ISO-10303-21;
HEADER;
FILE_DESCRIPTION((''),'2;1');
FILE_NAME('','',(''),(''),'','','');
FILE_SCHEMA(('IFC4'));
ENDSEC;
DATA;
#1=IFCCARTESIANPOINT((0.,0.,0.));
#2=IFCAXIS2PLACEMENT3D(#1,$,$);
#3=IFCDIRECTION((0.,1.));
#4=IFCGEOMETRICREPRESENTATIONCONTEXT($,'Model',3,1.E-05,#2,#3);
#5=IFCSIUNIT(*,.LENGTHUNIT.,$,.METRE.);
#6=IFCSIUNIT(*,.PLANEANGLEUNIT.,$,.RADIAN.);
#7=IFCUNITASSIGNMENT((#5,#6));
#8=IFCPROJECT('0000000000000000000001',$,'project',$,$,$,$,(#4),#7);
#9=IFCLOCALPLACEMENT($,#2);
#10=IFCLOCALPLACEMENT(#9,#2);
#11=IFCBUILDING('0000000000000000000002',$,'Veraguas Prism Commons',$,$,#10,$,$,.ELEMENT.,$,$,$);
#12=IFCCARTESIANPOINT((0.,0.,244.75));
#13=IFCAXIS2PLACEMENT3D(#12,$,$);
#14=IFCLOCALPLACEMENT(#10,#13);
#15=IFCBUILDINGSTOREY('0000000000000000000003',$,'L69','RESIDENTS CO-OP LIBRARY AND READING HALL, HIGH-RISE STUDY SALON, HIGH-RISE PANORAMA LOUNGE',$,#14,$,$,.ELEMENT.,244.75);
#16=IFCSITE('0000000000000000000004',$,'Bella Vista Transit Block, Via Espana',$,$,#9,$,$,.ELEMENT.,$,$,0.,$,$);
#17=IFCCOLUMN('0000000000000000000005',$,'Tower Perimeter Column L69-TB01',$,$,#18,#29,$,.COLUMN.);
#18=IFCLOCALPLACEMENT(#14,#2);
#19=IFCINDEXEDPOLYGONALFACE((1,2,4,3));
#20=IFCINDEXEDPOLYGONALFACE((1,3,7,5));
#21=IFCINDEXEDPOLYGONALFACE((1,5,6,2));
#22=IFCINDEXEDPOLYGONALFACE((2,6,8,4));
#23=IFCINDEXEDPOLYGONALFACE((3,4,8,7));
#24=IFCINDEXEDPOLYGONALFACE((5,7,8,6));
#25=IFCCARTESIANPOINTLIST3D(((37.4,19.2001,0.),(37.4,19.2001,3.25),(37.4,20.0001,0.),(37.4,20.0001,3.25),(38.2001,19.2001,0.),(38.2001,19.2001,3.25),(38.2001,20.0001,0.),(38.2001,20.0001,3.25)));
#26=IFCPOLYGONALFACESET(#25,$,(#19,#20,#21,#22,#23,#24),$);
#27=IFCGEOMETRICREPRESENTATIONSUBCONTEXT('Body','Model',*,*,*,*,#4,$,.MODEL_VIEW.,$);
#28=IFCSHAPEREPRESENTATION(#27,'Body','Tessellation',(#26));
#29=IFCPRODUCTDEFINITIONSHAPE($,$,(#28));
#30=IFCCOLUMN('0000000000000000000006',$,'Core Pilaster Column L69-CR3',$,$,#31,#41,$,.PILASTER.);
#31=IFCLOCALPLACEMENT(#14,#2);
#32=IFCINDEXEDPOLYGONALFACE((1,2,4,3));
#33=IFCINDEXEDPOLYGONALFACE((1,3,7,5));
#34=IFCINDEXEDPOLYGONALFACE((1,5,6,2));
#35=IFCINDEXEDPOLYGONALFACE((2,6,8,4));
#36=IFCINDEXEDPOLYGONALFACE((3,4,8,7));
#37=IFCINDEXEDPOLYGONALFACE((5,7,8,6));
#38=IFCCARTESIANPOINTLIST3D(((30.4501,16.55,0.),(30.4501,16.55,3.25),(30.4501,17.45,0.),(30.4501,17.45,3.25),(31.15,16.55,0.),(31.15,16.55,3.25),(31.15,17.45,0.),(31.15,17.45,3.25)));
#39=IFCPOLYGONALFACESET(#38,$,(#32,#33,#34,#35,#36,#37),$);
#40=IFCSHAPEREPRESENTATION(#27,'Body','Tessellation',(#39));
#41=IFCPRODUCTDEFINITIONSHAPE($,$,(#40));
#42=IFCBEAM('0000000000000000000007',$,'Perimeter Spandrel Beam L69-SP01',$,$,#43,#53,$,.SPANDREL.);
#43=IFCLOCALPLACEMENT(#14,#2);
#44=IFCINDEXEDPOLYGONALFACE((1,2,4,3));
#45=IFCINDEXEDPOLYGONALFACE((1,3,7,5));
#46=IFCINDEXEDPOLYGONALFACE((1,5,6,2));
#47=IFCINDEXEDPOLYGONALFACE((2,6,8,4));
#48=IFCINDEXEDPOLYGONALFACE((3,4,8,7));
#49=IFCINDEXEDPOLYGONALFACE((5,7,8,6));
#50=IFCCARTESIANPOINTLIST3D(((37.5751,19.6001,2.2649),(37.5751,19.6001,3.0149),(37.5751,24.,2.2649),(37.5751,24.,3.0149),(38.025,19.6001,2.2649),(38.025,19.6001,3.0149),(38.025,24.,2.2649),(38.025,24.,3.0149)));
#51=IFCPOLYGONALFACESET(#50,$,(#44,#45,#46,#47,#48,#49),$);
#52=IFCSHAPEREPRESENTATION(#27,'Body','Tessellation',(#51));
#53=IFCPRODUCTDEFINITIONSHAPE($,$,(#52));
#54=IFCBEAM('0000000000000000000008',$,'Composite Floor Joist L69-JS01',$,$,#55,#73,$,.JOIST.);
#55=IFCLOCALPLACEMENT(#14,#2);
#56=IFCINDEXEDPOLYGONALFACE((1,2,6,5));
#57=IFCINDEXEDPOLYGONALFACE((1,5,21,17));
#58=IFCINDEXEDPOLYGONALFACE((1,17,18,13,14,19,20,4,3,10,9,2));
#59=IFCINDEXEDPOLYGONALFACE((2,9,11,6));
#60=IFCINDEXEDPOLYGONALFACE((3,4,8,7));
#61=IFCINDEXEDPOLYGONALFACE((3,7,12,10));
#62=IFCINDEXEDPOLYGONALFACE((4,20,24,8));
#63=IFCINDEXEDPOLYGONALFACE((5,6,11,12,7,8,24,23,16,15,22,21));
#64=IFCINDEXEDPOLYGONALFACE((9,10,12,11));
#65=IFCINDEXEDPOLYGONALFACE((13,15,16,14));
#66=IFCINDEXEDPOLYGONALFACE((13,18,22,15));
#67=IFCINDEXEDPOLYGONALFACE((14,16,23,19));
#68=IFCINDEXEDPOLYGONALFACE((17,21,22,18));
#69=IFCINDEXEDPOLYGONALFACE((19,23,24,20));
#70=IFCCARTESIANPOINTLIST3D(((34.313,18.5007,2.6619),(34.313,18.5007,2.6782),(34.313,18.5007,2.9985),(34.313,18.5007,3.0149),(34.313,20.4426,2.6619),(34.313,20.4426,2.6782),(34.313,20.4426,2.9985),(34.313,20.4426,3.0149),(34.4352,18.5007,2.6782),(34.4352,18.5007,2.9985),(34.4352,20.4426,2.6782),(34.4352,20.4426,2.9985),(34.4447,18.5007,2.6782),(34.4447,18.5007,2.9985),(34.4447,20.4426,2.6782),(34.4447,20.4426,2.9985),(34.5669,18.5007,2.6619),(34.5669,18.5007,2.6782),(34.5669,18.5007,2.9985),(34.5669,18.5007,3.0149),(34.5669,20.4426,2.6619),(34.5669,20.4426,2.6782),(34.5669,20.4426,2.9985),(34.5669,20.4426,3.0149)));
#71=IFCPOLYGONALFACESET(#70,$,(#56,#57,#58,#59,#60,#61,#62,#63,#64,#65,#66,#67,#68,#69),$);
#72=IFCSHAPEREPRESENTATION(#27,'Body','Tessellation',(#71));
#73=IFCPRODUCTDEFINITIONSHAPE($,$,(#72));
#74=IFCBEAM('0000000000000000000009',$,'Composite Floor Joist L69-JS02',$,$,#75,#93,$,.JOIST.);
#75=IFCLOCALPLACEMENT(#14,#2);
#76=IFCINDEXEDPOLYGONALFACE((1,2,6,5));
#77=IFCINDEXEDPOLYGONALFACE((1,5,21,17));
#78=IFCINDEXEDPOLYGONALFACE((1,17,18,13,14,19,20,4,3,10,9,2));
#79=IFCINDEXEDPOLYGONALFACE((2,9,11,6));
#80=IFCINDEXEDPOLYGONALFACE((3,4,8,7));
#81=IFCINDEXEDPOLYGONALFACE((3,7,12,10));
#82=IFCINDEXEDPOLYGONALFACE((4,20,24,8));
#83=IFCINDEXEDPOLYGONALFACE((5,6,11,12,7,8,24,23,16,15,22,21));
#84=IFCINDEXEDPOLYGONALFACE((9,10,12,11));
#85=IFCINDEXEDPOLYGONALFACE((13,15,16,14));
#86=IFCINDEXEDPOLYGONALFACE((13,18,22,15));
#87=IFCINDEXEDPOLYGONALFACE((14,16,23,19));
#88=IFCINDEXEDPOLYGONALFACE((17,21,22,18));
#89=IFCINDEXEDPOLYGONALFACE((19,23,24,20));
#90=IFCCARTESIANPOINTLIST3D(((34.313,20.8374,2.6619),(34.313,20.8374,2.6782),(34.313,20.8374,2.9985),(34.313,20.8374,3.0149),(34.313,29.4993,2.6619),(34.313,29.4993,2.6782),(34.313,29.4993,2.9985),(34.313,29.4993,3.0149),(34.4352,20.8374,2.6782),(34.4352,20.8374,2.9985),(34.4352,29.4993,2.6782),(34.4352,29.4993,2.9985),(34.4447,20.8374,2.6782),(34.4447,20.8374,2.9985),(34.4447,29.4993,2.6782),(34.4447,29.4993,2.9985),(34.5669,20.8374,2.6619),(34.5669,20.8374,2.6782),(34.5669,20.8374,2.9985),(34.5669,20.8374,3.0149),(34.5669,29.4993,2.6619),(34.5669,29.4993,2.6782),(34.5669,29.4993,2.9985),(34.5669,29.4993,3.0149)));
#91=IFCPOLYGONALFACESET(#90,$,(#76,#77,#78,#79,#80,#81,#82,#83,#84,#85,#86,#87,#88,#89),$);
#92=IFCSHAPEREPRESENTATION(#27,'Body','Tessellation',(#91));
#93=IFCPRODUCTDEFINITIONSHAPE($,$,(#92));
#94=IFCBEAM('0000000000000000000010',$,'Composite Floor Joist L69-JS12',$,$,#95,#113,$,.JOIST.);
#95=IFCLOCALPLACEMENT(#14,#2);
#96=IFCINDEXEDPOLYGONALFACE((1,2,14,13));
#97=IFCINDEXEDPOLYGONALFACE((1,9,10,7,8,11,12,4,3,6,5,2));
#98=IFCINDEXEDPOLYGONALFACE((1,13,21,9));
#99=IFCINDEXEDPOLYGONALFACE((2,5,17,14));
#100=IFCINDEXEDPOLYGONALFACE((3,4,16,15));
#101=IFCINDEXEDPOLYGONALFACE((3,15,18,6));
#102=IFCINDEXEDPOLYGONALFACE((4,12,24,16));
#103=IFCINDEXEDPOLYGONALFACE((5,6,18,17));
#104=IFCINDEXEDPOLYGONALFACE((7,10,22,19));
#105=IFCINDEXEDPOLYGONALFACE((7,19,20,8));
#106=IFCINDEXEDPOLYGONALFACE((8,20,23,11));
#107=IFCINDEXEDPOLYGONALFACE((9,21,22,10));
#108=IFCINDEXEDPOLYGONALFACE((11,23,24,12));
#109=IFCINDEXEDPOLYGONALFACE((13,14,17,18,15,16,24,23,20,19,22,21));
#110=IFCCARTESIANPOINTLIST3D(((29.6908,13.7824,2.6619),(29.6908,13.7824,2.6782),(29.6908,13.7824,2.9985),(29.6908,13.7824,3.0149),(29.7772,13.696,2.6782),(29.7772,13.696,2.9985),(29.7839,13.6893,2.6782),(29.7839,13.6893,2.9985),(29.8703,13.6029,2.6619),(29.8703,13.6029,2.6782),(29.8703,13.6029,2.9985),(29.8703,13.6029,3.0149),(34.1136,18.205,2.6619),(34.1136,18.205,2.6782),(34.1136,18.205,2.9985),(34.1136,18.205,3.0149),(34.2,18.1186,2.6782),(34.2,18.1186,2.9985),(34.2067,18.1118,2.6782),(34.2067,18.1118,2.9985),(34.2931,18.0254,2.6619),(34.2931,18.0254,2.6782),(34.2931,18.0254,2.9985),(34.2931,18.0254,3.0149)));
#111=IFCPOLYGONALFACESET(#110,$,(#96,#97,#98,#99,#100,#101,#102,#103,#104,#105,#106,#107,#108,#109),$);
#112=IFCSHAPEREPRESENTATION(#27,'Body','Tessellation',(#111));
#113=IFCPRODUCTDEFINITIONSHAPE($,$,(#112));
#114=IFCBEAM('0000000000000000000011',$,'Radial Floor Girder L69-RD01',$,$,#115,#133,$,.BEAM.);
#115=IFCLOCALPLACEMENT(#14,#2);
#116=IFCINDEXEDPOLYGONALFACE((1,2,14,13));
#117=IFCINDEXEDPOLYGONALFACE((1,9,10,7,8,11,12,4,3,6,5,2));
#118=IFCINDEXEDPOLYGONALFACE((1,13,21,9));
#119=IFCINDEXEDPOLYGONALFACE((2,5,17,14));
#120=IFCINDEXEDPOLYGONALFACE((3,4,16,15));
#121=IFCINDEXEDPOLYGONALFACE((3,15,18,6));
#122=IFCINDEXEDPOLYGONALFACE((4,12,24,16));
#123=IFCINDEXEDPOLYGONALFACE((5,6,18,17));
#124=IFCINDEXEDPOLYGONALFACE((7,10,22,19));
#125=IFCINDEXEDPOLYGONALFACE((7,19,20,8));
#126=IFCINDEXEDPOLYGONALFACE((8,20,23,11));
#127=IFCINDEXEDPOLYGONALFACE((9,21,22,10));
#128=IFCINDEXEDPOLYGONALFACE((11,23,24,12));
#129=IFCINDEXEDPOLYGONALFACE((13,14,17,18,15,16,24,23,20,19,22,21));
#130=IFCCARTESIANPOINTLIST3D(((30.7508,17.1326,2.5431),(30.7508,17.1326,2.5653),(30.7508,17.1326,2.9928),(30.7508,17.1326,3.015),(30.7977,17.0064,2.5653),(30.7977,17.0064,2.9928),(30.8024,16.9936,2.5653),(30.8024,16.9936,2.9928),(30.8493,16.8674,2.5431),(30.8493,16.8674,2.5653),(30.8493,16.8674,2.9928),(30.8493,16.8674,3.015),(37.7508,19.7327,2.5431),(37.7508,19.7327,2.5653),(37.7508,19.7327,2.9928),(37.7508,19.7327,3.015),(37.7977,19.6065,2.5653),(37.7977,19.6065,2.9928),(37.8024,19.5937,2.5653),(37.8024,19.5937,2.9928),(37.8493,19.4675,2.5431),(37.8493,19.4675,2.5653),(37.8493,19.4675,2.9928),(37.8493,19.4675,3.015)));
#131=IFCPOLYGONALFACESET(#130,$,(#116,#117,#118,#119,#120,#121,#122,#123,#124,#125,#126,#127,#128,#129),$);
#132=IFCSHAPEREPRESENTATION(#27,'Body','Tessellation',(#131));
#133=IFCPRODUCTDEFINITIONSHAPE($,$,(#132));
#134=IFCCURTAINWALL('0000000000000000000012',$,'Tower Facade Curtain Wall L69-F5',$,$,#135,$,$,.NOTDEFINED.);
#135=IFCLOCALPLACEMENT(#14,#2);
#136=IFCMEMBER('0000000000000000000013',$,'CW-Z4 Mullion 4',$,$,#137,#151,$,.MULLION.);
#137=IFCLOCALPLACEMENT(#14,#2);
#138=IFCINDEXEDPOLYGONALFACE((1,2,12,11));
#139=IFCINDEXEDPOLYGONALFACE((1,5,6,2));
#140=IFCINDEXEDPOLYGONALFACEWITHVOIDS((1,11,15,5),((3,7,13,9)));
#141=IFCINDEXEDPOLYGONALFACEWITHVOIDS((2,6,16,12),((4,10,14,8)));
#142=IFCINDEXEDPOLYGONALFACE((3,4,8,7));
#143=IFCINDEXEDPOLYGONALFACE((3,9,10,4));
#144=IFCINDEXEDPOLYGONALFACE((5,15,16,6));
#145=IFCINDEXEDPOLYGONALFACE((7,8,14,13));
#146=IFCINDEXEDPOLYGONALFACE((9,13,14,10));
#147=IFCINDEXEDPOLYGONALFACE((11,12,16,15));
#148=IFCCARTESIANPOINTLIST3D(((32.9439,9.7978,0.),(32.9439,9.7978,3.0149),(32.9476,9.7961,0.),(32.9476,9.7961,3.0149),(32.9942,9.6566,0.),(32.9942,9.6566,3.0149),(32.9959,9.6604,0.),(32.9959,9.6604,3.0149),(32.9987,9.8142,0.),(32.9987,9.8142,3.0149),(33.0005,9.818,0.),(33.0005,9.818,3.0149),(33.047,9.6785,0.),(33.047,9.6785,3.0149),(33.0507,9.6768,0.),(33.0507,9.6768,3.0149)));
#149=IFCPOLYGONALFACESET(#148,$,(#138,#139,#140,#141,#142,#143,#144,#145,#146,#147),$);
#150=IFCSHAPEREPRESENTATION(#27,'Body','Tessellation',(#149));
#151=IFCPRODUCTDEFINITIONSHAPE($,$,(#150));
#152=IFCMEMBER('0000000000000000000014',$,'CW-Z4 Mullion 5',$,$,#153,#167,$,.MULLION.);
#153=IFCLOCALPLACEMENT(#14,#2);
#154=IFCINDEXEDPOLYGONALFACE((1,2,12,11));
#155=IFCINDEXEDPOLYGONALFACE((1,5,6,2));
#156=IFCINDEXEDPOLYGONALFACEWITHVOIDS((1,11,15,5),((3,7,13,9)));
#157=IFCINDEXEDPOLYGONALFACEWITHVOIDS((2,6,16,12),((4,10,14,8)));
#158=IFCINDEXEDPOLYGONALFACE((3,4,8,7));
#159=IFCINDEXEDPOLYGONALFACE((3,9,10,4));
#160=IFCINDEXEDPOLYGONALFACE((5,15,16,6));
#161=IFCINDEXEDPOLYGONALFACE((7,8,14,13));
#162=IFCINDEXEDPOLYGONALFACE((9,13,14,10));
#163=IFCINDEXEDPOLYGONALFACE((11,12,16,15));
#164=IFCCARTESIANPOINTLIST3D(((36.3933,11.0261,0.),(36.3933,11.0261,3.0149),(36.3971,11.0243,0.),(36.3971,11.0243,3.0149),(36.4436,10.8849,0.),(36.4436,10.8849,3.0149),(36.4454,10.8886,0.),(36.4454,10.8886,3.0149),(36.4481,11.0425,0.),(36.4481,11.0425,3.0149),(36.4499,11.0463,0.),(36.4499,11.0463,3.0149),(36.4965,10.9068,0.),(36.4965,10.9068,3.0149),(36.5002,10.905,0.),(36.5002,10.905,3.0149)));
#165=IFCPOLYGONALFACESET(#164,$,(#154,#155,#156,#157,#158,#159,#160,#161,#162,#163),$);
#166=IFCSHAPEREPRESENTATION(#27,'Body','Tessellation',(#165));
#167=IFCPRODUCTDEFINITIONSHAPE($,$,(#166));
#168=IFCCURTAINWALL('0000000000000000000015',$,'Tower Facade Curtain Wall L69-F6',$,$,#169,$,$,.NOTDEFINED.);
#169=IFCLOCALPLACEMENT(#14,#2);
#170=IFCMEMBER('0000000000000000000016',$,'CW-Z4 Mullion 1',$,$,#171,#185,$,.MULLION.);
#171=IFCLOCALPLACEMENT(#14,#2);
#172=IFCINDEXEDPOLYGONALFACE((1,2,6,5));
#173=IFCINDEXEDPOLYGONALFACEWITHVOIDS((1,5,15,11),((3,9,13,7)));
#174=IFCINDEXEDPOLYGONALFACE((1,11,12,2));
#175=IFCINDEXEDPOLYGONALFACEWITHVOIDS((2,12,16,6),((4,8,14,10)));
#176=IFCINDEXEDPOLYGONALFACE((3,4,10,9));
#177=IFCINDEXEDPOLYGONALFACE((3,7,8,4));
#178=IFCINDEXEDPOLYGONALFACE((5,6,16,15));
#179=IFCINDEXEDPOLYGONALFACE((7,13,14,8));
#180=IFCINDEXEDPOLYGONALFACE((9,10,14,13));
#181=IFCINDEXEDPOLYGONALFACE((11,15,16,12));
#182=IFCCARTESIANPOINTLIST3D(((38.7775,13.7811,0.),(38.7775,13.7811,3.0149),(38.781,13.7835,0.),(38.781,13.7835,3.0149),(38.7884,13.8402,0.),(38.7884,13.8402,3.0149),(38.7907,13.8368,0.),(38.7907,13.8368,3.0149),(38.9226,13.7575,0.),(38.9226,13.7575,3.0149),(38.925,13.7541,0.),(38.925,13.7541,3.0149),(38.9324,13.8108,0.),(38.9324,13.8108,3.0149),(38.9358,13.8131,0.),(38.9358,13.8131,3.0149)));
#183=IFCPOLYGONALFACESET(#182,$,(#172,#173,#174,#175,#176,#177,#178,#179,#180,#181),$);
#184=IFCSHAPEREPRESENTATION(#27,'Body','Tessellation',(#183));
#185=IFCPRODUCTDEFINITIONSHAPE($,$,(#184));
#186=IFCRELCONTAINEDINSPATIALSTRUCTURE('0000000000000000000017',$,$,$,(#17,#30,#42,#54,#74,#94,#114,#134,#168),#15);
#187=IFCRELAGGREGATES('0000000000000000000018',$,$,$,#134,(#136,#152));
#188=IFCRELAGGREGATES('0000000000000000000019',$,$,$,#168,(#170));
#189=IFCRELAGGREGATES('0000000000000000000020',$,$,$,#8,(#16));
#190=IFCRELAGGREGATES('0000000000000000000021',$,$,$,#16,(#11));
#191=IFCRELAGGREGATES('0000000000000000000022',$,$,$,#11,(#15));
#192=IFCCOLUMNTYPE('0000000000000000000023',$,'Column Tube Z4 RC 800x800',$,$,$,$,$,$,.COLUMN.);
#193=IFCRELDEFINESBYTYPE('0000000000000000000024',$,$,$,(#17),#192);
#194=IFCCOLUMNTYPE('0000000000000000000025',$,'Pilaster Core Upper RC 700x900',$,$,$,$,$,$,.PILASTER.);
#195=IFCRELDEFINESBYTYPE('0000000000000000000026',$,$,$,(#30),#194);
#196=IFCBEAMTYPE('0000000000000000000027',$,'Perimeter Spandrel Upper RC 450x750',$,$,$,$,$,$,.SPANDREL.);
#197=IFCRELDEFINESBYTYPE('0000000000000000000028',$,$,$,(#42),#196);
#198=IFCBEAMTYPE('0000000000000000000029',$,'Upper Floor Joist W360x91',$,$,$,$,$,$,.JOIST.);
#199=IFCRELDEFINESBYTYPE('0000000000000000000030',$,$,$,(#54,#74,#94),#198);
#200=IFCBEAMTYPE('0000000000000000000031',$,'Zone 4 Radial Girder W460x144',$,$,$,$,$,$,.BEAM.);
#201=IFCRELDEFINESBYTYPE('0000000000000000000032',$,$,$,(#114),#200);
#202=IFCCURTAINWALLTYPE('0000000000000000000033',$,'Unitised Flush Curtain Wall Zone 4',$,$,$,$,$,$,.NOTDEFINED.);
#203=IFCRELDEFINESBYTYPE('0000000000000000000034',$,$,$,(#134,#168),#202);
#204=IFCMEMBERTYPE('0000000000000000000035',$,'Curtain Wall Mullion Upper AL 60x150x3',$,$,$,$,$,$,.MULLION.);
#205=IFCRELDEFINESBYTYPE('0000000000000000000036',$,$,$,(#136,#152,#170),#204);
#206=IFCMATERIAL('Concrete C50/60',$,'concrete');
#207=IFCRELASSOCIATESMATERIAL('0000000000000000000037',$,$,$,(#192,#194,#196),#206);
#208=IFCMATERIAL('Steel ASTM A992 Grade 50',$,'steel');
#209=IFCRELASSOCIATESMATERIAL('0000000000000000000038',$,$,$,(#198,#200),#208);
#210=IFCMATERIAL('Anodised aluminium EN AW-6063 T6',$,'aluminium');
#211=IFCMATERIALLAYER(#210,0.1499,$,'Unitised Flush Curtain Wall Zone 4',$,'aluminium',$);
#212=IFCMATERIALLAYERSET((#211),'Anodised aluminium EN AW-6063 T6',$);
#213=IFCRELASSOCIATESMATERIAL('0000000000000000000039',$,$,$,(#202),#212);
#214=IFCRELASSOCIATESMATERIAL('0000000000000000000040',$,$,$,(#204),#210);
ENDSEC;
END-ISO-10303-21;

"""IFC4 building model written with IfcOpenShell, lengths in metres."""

from ifc_helpers import new_model, si_unit, direction, frame, origin, origin_2d, place, context, subcontext, project, spatial, rectangle, hollow_rectangle, i_section, extrude, source, transform, mapped, material, layer, layer_set, material_profile, profile_set, type_object, element, aggregate, save


model = new_model("IFC4")

# Units and contexts
model_context = context("Model", 3, precision=1e-05, world=origin(), true_north=direction((0.0, 1.0)))
body_context = subcontext(model_context, "Body", "Model", "MODEL_VIEW")
ifc_project = project(units=[si_unit("LENGTHUNIT", "METRE"), si_unit("PLANEANGLEUNIT", "RADIAN")], contexts=[model_context])

# Site, building, storey
site_placement = place(None, origin())
site = spatial("IfcSite", under=ifc_project, at=site_placement, Name="Bella Vista Transit Block, Via Espana", CompositionType="ELEMENT", RefElevation=0.0)
building_placement = place(site_placement, origin())
building = spatial("IfcBuilding", under=site, at=building_placement, Name="Veraguas Prism Commons", CompositionType="ELEMENT")
storey_placement = place(building_placement, frame((0.0, 0.0, 244.75)))
storey = spatial("IfcBuildingStorey", under=building, at=storey_placement, Name="L69", Description="RESIDENTS CO-OP LIBRARY AND READING HALL, HIGH-RISE STUDY SALON, HIGH-RISE PANORAMA LOUNGE", CompositionType="ELEMENT", Elevation=244.75)

# Columns
ifc_material_1 = material(Name="Concrete C50/60", Category="concrete")
ifc_material_profile_1 = material_profile(ifc_material_1, rectangle(XDim=0.8, YDim=0.8, at=origin_2d()), Name="RC800X800")
ifc_profile_set_1 = profile_set([ifc_material_profile_1], Name="Concrete C50/60")
column_type_1 = type_object("IfcColumnType", Name="Column Tube Z4 RC 800x800", PredefinedType="COLUMN", material=ifc_profile_set_1)
column_1_placement = place(storey_placement, frame((37.8, 19.6001, 0.0), z_axis=(0.0, 0.0, 1.0), x_axis=(1.0, 0.0, 0.0)))
element("IfcColumn", 1, at=column_1_placement, inside=storey, type_object=column_type_1, Name="Tower Perimeter Column L69-TB01", PredefinedType="COLUMN", context=body_context, shape_type="SweptSolid", body=[
    extrude(rectangle(XDim=0.8, YDim=0.8, at=origin_2d()), origin(), (0.0, 0.0, 1.0), 3.25),
])
ifc_material_profile_2 = material_profile(ifc_material_1, rectangle(XDim=0.7, YDim=0.8999, at=origin_2d()), Name="RC700X900")
ifc_profile_set_2 = profile_set([ifc_material_profile_2], Name="Concrete C50/60")
column_type_2 = type_object("IfcColumnType", Name="Pilaster Core Upper RC 700x900", PredefinedType="PILASTER", material=ifc_profile_set_2)
column_2_placement = place(storey_placement, frame((30.8, 17.0, 0.0), z_axis=(0.0, 0.0, 1.0), x_axis=(1.0, 0.0, 0.0)))
element("IfcColumn", 2, at=column_2_placement, inside=storey, type_object=column_type_2, Name="Core Pilaster Column L69-CR3", PredefinedType="PILASTER", context=body_context, shape_type="SweptSolid", body=[
    extrude(rectangle(XDim=0.7, YDim=0.8999, at=origin_2d()), origin(), (0.0, 0.0, 1.0), 3.25),
])

# Beams
ifc_material_profile_3 = material_profile(ifc_material_1, rectangle(XDim=0.45, YDim=0.75, at=origin_2d()), Name="RC450X750")
ifc_profile_set_3 = profile_set([ifc_material_profile_3], Name="Concrete C50/60")
beam_type_1 = type_object("IfcBeamType", Name="Perimeter Spandrel Upper RC 450x750", PredefinedType="SPANDREL", material=ifc_profile_set_3)
beam_1_placement = place(storey_placement, frame((37.8, 19.6001, 2.6399), z_axis=(0.0, 1.0, 0.0), x_axis=(-1.0, 0.0, 0.0)))
element("IfcBeam", 3, at=beam_1_placement, inside=storey, type_object=beam_type_1, Name="Perimeter Spandrel Beam L69-SP01", PredefinedType="SPANDREL", context=body_context, shape_type="SweptSolid", body=[
    extrude(rectangle(XDim=0.45, YDim=0.75, at=origin_2d()), origin(), (0.0, 0.0, 1.0), 4.3999),
])
ifc_material_2 = material(Name="Steel ASTM A992 Grade 50", Category="steel")
ifc_material_profile_4 = material_profile(ifc_material_2, i_section(OverallWidth=0.2539, OverallDepth=0.353, WebThickness=0.0095, FlangeThickness=0.0164, at=origin_2d()), Name="W360X91")
ifc_profile_set_4 = profile_set([ifc_material_profile_4], Name="Steel ASTM A992 Grade 50")
beam_type_2 = type_object("IfcBeamType", Name="Upper Floor Joist W360x91", PredefinedType="JOIST", material=ifc_profile_set_4)
beam_2_placement = place(storey_placement, frame((34.4399, 18.5007, 2.8384), z_axis=(0.0, 1.0, 0.0), x_axis=(-1.0, 0.0, 0.0)))
element("IfcBeam", 4, at=beam_2_placement, inside=storey, type_object=beam_type_2, Name="Composite Floor Joist L69-JS01", PredefinedType="JOIST", context=body_context, shape_type="SweptSolid", body=[
    extrude(i_section(OverallWidth=0.2539, OverallDepth=0.353, WebThickness=0.0095, FlangeThickness=0.0164, at=origin_2d()), origin(), (0.0, 0.0, 1.0), 1.9419),
])
beam_3_placement = place(storey_placement, frame((34.4399, 20.8374, 2.8384), z_axis=(0.0, 1.0, 0.0), x_axis=(-1.0, 0.0, 0.0)))
element("IfcBeam", 5, at=beam_3_placement, inside=storey, type_object=beam_type_2, Name="Composite Floor Joist L69-JS02", PredefinedType="JOIST", context=body_context, shape_type="SweptSolid", body=[
    extrude(i_section(OverallWidth=0.2539, OverallDepth=0.353, WebThickness=0.0095, FlangeThickness=0.0164, at=origin_2d()), origin(), (0.0, 0.0, 1.0), 8.6619),
])
beam_4_placement = place(storey_placement, frame((29.7805, 13.6926, 2.8384), z_axis=(0.707126, 0.707087, 0.0), x_axis=(-0.707087, 0.707126, 0.0)))
element("IfcBeam", 6, at=beam_4_placement, inside=storey, type_object=beam_type_2, Name="Composite Floor Joist L69-JS12", PredefinedType="JOIST", context=body_context, shape_type="SweptSolid", body=[
    extrude(i_section(OverallWidth=0.2539, OverallDepth=0.353, WebThickness=0.0095, FlangeThickness=0.0164, at=origin_2d()), origin(), (0.0, 0.0, 1.0), 6.2546),
])
ifc_material_profile_5 = material_profile(ifc_material_2, i_section(OverallWidth=0.283, OverallDepth=0.4719, WebThickness=0.0137, FlangeThickness=0.0222, at=origin_2d()), Name="W460X144")
ifc_profile_set_5 = profile_set([ifc_material_profile_5], Name="Steel ASTM A992 Grade 50")
beam_type_3 = type_object("IfcBeamType", Name="Zone 4 Radial Girder W460x144", PredefinedType="BEAM", material=ifc_profile_set_5)
beam_5_placement = place(storey_placement, frame((37.8, 19.6001, 2.7791), z_axis=(-0.937421, -0.348198, 0.0), x_axis=(0.348198, -0.937421, 0.0)))
element("IfcBeam", 7, at=beam_5_placement, inside=storey, type_object=beam_type_3, Name="Radial Floor Girder L69-RD01", PredefinedType="BEAM", context=body_context, shape_type="SweptSolid", body=[
    extrude(i_section(OverallWidth=0.283, OverallDepth=0.4719, WebThickness=0.0137, FlangeThickness=0.0222, at=origin_2d()), origin(), (0.0, 0.0, 1.0), 7.4673),
])

# Curtain walls, members
ifc_material_3 = material(Name="Anodised aluminium EN AW-6063 T6", Category="aluminium")
ifc_layer_1 = layer(ifc_material_3, 0.1499, Name="Unitised Flush Curtain Wall Zone 4", Category="aluminium")
ifc_layer_set_1 = layer_set([ifc_layer_1], Name="Anodised aluminium EN AW-6063 T6")
curtain_wall_type = type_object("IfcCurtainWallType", Name="Unitised Flush Curtain Wall Zone 4", PredefinedType="NOTDEFINED", material=ifc_layer_set_1)
curtain_wall_1_placement = place(storey_placement, origin())
curtain_wall_1 = element("IfcCurtainWall", 8, at=curtain_wall_1_placement, inside=storey, type_object=curtain_wall_type, Name="Tower Facade Curtain Wall L69-F5", PredefinedType="NOTDEFINED")
ifc_material_profile_6 = material_profile(ifc_material_3, hollow_rectangle(XDim=0.0601, YDim=0.1499, WallThickness=0.0029, at=origin_2d()), Name="AL60X150X3")
ifc_profile_set_6 = profile_set([ifc_material_profile_6], Name="Anodised aluminium EN AW-6063 T6")
member_type_1 = type_object("IfcMemberType", Name="Curtain Wall Mullion Upper AL 60x150x3", PredefinedType="MULLION", material=ifc_profile_set_6)
shared_shape_1 = source(origin(), body_context, "Body", "SweptSolid", [
    extrude(hollow_rectangle(XDim=0.0601, YDim=0.1499, WallThickness=0.0029, at=origin_2d()), origin(), (0.0, 0.0, 1.0), 3.0149),
])
member_1_placement = place(storey_placement, frame((32.9973, 9.7373, 0.0), z_axis=(0.0, 0.0, 1.0), x_axis=(0.942056, 0.335457, 0.0)))
member_1 = element("IfcMember", 9, at=member_1_placement, type_object=member_type_1, Name="CW-Z4 Mullion 4", PredefinedType="MULLION", context=body_context, shape_type="MappedRepresentation", body=[
    mapped(shared_shape_1, transform((0.0, 0.0, 0.0), scale=1.0)),
])
member_2_placement = place(storey_placement, frame((36.4468, 10.9656, 0.0), z_axis=(0.0, 0.0, 1.0), x_axis=(0.942056, 0.335457, 0.0)))
member_2 = element("IfcMember", 10, at=member_2_placement, type_object=member_type_1, Name="CW-Z4 Mullion 5", PredefinedType="MULLION", context=body_context, shape_type="MappedRepresentation", body=[
    mapped(shared_shape_1, transform((0.0, 0.0, 0.0), scale=1.0)),
])
curtain_wall_2_placement = place(storey_placement, origin())
curtain_wall_2 = element("IfcCurtainWall", 11, at=curtain_wall_2_placement, inside=storey, type_object=curtain_wall_type, Name="Tower Facade Curtain Wall L69-F6", PredefinedType="NOTDEFINED")
member_3_placement = place(storey_placement, frame((38.8567, 13.7971, 0.0), z_axis=(0.0, 0.0, 1.0), x_axis=(0.180524, 0.983571, 0.0)))
member_3 = element("IfcMember", 12, at=member_3_placement, type_object=member_type_1, Name="CW-Z4 Mullion 1", PredefinedType="MULLION", context=body_context, shape_type="MappedRepresentation", body=[
    mapped(shared_shape_1, transform((0.0, 0.0, 0.0), scale=1.0)),
])

aggregate(curtain_wall_1, [member_1, member_2])
aggregate(curtain_wall_2, [member_3])

save(model, "model.ifc")
